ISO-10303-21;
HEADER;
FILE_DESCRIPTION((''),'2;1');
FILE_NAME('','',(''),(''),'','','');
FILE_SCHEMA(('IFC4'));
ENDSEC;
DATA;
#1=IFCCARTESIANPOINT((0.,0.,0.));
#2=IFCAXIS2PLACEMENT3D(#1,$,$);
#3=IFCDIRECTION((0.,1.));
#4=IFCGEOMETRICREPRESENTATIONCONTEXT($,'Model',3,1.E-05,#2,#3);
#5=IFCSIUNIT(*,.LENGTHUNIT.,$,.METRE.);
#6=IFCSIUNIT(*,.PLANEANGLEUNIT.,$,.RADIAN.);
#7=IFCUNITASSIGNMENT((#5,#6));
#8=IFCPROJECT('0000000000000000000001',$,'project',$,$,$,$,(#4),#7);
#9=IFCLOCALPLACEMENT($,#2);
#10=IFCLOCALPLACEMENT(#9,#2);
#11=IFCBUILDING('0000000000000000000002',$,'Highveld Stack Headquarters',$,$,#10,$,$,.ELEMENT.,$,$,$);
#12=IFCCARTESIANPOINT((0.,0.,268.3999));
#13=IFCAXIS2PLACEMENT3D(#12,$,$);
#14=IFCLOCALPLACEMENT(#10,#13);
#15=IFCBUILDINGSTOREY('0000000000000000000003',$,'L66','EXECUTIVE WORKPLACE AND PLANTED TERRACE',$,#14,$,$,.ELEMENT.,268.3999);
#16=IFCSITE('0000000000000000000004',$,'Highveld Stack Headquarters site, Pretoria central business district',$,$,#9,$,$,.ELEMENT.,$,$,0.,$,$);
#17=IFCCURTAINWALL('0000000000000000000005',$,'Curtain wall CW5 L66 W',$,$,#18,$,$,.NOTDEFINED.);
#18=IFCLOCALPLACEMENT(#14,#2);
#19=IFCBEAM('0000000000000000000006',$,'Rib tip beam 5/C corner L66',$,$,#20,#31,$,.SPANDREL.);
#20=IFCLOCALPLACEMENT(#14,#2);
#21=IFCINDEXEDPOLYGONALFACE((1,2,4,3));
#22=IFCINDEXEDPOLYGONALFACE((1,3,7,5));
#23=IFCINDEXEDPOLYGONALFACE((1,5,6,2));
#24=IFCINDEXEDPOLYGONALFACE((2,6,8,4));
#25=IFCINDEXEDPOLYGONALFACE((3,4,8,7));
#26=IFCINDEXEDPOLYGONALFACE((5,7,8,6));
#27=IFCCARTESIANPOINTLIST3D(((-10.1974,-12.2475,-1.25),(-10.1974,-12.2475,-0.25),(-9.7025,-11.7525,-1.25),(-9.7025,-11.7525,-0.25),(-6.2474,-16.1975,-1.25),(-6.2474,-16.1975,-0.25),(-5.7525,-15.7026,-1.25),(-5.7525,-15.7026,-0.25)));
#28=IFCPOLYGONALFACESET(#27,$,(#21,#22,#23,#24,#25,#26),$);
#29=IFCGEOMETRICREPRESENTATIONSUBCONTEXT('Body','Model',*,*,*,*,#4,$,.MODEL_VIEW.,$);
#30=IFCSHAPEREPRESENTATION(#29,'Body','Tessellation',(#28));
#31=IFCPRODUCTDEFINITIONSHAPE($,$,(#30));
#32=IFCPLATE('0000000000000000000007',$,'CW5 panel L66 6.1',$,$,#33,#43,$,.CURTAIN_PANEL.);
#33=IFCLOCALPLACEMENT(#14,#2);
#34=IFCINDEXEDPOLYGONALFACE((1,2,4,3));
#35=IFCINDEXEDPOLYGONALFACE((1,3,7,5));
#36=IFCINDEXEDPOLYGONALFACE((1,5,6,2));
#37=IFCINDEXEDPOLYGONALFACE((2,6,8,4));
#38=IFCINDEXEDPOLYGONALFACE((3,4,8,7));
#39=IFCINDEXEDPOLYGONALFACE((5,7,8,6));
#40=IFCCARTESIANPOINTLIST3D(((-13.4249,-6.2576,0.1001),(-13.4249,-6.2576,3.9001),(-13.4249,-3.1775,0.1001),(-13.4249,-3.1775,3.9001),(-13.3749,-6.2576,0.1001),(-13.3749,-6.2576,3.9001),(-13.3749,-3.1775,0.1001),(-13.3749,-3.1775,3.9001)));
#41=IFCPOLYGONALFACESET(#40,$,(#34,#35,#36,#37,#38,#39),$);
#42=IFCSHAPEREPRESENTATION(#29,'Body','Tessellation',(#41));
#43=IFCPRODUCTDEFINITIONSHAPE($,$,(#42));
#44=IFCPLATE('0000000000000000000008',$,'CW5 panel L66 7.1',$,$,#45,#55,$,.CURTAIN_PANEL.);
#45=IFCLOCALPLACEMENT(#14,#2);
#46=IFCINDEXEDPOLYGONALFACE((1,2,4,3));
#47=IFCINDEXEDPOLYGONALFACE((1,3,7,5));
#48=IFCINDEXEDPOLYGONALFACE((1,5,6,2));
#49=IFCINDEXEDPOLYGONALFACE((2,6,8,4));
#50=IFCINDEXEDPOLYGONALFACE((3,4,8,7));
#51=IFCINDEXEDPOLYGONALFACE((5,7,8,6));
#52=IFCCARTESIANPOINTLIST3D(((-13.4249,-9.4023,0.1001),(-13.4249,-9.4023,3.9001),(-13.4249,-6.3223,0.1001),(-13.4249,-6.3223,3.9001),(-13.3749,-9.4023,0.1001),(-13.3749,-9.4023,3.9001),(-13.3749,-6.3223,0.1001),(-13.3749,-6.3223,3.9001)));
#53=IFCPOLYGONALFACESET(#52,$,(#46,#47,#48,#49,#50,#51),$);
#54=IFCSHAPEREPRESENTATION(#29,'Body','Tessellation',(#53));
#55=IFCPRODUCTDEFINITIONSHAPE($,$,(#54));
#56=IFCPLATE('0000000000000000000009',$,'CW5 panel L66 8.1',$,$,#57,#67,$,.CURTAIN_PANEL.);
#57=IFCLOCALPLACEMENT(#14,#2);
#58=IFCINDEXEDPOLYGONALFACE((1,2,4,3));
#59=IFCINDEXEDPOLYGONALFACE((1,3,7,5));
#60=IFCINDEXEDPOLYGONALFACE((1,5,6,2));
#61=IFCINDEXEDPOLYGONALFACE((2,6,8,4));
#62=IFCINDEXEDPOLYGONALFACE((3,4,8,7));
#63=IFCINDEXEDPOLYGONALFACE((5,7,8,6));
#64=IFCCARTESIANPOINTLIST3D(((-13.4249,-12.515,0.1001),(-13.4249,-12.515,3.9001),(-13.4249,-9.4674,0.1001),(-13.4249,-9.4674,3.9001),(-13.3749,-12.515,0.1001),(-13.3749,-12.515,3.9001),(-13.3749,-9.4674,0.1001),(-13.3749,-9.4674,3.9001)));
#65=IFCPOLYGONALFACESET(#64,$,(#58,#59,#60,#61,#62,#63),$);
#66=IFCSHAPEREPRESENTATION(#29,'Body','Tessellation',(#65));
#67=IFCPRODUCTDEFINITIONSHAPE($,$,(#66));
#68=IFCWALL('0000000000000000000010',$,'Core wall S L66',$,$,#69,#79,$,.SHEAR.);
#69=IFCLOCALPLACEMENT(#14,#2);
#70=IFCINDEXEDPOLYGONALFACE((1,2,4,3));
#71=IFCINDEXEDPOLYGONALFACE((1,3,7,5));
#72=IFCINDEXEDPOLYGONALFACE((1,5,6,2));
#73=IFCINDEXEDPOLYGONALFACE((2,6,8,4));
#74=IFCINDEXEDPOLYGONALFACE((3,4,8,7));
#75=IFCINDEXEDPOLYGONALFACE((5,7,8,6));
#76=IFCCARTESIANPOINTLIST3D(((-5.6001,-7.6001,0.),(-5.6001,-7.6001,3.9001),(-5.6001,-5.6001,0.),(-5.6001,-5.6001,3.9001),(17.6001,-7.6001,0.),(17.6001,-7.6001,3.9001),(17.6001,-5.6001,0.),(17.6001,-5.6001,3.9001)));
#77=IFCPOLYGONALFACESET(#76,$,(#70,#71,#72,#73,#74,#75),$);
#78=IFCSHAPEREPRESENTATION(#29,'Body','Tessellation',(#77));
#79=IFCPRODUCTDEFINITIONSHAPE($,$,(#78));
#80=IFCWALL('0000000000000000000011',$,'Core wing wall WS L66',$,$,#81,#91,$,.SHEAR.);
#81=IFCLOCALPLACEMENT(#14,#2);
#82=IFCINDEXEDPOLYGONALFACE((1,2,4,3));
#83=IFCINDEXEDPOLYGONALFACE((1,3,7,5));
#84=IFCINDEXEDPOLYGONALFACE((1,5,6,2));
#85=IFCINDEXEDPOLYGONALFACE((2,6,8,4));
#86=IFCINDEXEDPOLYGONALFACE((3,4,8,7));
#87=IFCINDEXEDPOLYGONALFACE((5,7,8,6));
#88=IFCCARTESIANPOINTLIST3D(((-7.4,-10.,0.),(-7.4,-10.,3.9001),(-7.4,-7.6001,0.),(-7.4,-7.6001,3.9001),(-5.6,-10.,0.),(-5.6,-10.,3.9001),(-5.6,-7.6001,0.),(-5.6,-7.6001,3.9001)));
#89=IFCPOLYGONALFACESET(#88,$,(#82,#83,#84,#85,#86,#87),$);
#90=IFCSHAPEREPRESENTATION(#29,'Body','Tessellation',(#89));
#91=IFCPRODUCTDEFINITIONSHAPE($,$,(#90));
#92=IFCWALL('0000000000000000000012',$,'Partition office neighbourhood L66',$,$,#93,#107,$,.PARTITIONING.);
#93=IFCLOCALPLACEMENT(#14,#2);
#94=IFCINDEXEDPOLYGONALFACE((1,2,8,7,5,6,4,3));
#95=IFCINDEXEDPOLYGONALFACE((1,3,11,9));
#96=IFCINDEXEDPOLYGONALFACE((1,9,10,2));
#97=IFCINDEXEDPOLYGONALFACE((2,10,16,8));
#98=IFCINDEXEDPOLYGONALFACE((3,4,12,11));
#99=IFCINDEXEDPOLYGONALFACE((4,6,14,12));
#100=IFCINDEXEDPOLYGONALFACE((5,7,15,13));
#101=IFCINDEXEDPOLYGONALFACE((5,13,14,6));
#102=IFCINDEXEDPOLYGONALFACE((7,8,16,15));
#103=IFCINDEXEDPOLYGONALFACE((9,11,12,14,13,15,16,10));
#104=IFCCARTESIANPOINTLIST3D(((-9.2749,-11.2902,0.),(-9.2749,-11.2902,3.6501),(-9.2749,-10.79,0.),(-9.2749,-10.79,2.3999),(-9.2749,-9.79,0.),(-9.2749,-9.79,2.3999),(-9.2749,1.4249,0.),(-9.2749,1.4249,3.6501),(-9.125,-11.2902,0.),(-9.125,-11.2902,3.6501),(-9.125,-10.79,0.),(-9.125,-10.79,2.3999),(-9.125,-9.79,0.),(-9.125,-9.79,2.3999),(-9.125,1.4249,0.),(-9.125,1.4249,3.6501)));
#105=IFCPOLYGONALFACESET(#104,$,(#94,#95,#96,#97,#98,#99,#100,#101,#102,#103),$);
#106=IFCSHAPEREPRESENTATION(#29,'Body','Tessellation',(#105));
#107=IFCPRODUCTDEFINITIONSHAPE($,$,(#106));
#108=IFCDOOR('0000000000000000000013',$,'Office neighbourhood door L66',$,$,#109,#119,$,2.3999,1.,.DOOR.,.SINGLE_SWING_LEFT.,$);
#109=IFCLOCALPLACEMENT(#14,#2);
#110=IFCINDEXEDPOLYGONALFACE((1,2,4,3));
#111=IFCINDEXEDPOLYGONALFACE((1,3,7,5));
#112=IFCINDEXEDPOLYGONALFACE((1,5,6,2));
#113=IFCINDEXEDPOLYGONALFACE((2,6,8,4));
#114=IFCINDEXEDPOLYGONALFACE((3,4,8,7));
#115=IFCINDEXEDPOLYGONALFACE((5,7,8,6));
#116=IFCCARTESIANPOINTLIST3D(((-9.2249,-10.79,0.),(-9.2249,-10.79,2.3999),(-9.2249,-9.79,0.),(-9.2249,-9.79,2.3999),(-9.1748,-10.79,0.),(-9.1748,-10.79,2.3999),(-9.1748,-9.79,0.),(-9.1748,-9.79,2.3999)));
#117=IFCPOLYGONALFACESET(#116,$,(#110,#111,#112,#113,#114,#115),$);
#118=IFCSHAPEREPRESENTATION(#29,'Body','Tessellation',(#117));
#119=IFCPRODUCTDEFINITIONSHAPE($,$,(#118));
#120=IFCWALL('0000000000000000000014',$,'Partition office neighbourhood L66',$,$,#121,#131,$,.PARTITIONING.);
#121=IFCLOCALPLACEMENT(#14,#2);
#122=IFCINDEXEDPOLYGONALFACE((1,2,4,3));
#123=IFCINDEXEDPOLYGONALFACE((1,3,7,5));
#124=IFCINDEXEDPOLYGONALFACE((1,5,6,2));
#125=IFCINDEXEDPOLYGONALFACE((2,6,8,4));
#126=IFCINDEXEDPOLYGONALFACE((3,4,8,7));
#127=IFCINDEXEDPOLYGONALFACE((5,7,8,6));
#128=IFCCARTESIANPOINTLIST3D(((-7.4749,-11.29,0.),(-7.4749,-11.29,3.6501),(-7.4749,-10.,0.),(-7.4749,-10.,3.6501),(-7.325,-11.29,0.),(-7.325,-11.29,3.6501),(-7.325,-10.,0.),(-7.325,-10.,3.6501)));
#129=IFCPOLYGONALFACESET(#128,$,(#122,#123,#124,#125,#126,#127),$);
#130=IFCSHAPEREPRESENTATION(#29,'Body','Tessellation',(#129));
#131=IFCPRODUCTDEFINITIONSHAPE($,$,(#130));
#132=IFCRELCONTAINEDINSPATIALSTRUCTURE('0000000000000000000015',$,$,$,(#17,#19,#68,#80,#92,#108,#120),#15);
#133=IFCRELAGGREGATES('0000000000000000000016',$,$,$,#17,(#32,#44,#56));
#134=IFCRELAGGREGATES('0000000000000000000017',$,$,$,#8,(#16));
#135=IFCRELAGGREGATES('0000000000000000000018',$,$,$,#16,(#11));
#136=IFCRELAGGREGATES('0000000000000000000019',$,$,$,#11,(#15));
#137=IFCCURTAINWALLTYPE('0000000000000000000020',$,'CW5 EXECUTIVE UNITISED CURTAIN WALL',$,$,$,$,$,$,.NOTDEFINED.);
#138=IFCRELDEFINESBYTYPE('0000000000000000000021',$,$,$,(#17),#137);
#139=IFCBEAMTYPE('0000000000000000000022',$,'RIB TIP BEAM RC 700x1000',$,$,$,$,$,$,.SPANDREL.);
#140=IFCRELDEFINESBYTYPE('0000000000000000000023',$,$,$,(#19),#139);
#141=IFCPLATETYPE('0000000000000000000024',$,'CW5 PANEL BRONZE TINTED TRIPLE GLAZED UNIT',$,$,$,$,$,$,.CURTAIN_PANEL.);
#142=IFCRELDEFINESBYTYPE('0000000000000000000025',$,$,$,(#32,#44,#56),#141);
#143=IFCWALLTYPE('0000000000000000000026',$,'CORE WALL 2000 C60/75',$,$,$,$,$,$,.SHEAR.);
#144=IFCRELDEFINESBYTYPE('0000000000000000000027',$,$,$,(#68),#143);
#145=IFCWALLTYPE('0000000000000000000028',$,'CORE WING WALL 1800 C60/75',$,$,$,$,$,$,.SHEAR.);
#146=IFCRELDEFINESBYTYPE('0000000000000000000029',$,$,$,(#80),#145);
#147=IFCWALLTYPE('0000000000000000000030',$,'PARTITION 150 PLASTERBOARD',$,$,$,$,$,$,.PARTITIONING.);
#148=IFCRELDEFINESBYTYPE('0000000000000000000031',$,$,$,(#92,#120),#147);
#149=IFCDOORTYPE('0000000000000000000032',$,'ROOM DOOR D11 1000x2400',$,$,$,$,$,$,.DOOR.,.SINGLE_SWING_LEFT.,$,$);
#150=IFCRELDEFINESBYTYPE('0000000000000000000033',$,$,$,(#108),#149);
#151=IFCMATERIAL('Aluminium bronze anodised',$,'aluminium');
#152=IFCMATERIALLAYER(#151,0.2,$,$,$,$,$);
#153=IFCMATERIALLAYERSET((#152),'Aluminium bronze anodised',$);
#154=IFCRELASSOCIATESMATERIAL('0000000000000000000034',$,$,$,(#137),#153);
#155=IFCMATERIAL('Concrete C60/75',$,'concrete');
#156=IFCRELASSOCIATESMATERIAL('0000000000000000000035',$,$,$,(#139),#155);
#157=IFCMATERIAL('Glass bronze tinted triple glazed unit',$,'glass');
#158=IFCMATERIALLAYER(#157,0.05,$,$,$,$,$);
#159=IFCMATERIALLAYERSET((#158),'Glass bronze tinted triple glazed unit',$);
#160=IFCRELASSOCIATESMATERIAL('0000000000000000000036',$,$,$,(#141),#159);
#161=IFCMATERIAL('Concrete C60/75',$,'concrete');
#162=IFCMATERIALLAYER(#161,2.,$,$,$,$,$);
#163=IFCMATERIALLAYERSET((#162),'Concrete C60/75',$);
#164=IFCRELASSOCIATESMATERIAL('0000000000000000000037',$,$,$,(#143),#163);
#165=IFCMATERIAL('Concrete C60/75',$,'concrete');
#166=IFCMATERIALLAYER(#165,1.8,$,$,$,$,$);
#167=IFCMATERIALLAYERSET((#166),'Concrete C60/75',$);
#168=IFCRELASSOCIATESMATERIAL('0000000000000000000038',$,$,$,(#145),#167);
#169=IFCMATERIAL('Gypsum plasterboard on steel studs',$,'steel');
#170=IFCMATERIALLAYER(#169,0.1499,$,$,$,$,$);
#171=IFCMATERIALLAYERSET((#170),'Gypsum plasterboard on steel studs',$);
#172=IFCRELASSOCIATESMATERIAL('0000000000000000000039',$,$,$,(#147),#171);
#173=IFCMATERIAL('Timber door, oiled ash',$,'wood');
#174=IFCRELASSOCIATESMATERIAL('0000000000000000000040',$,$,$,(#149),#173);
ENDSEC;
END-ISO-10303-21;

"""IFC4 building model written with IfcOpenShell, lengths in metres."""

from ifc_helpers import new_model, si_unit, direction, frame, frame_2d, origin, origin_2d, place, context, subcontext, project, spatial, rectangle, extrude, material, layer, layer_set, material_profile, profile_set, type_object, element, fill, aggregate, save


model = new_model("IFC4")

# Units and contexts
model_context = context("Model", 3, precision=1e-05, world=origin(), true_north=direction((0.0, 1.0)))
body_context = subcontext(model_context, "Body", "Model", "MODEL_VIEW")
ifc_project = project(units=[si_unit("LENGTHUNIT", "METRE"), si_unit("PLANEANGLEUNIT", "RADIAN")], contexts=[model_context])

# Site, building, storey
site_placement = place(None, origin())
site = spatial("IfcSite", under=ifc_project, at=site_placement, Name="Highveld Stack Headquarters site, Pretoria central business district", CompositionType="ELEMENT", RefElevation=0.0)
building_placement = place(site_placement, origin())
building = spatial("IfcBuilding", under=site, at=building_placement, Name="Highveld Stack Headquarters", CompositionType="ELEMENT")
storey_placement = place(building_placement, frame((0.0, 0.0, 268.3999)))
storey = spatial("IfcBuildingStorey", under=building, at=storey_placement, Name="L66", Description="EXECUTIVE WORKPLACE AND PLANTED TERRACE", CompositionType="ELEMENT", Elevation=268.3999)

# Curtain wall
ifc_material_1 = material(Name="Aluminium bronze anodised", Category="aluminium")
ifc_layer_1 = layer(ifc_material_1, 0.2)
ifc_layer_set_1 = layer_set([ifc_layer_1], Name="Aluminium bronze anodised")
curtain_wall_type = type_object("IfcCurtainWallType", Name="CW5 EXECUTIVE UNITISED CURTAIN WALL", PredefinedType="NOTDEFINED", material=ifc_layer_set_1)
curtain_wall_placement = place(storey_placement, origin())
curtain_wall = element("IfcCurtainWall", 1, at=curtain_wall_placement, inside=storey, type_object=curtain_wall_type, Name="Curtain wall CW5 L66 W", PredefinedType="NOTDEFINED")

# Beam
ifc_material_2 = material(Name="Concrete C60/75", Category="concrete")
ifc_material_profile_1 = material_profile(ifc_material_2, rectangle(XDim=0.7, YDim=1.0, at=origin_2d()), Name="RC 700x1000")
ifc_profile_set_1 = profile_set([ifc_material_profile_1], Name="Concrete C60/75")
beam_type_1 = type_object("IfcBeamType", Name="RIB TIP BEAM RC 700x1000", PredefinedType="SPANDREL", material=ifc_profile_set_1)
beam_1_placement = place(storey_placement, frame((-9.95, -12.0, -0.75), z_axis=(0.707107, -0.707107, 0.0), x_axis=(0.707107, 0.707107, 0.0)))
element("IfcBeam", 2, at=beam_1_placement, inside=storey, type_object=beam_type_1, Name="Rib tip beam 5/C corner L66", PredefinedType="SPANDREL", context=body_context, shape_type="SweptSolid", body=[
    extrude(rectangle(XDim=0.7, YDim=1.0, at=origin_2d()), origin(), (0.0, 0.0, 1.0), 5.5862),
])

# Plates
ifc_material_3 = material(Name="Glass bronze tinted triple glazed unit", Category="glass")
ifc_layer_2 = layer(ifc_material_3, 0.05)
ifc_layer_set_2 = layer_set([ifc_layer_2], Name="Glass bronze tinted triple glazed unit")
plate_type = type_object("IfcPlateType", Name="CW5 PANEL BRONZE TINTED TRIPLE GLAZED UNIT", PredefinedType="CURTAIN_PANEL", material=ifc_layer_set_2)
plate_1_placement = place(storey_placement, frame((-13.3999, -4.7175, 0.1001), z_axis=(0.0, 0.0, 1.0), x_axis=(0.0, -1.0, 0.0)))
plate_1 = element("IfcPlate", 3, at=plate_1_placement, type_object=plate_type, Name="CW5 panel L66 6.1", PredefinedType="CURTAIN_PANEL", context=body_context, shape_type="SweptSolid", body=[
    extrude(rectangle(XDim=3.0801, YDim=0.05, at=origin_2d()), origin(), (0.0, 0.0, 1.0), 3.8),
])
plate_2_placement = place(storey_placement, frame((-13.3999, -7.8623, 0.1001), z_axis=(0.0, 0.0, 1.0), x_axis=(0.0, -1.0, 0.0)))
plate_2 = element("IfcPlate", 4, at=plate_2_placement, type_object=plate_type, Name="CW5 panel L66 7.1", PredefinedType="CURTAIN_PANEL", context=body_context, shape_type="SweptSolid", body=[
    extrude(rectangle(XDim=3.0801, YDim=0.05, at=origin_2d()), origin(), (0.0, 0.0, 1.0), 3.8),
])
plate_3_placement = place(storey_placement, frame((-13.3999, -10.9912, 0.1001), z_axis=(0.0, 0.0, 1.0), x_axis=(0.0, -1.0, 0.0)))
plate_3 = element("IfcPlate", 5, at=plate_3_placement, type_object=plate_type, Name="CW5 panel L66 8.1", PredefinedType="CURTAIN_PANEL", context=body_context, shape_type="SweptSolid", body=[
    extrude(rectangle(XDim=3.0476, YDim=0.05, at=origin_2d()), origin(), (0.0, 0.0, 1.0), 3.8),
])
aggregate(curtain_wall, [plate_1, plate_2, plate_3])

# Walls
ifc_material_4 = material(Name="Concrete C60/75", Category="concrete")
ifc_layer_3 = layer(ifc_material_4, 2.0)
ifc_layer_set_3 = layer_set([ifc_layer_3], Name="Concrete C60/75")
wall_type_1 = type_object("IfcWallType", Name="CORE WALL 2000 C60/75", PredefinedType="SHEAR", material=ifc_layer_set_3)
wall_1_placement = place(storey_placement, frame((-5.6001, -6.6001, 0.0), z_axis=(0.0, 0.0, 1.0), x_axis=(1.0, 0.0, 0.0)))
element("IfcWall", 6, at=wall_1_placement, inside=storey, type_object=wall_type_1, Name="Core wall S L66", PredefinedType="SHEAR", context=body_context, shape_type="SweptSolid", body=[
    extrude(rectangle(XDim=23.2002, YDim=2.0, at=frame_2d((11.6001, 0.0))), origin(), (0.0, 0.0, 1.0), 3.9001),
])
ifc_material_5 = material(Name="Concrete C60/75", Category="concrete")
ifc_layer_4 = layer(ifc_material_5, 1.8)
ifc_layer_set_4 = layer_set([ifc_layer_4], Name="Concrete C60/75")
wall_type_2 = type_object("IfcWallType", Name="CORE WING WALL 1800 C60/75", PredefinedType="SHEAR", material=ifc_layer_set_4)
wall_2_placement = place(storey_placement, frame((-6.5, -10.0, 0.0), z_axis=(0.0, 0.0, 1.0), x_axis=(0.0, 1.0, 0.0)))
element("IfcWall", 7, at=wall_2_placement, inside=storey, type_object=wall_type_2, Name="Core wing wall WS L66", PredefinedType="SHEAR", context=body_context, shape_type="SweptSolid", body=[
    extrude(rectangle(XDim=2.3999, YDim=1.8, at=frame_2d((1.2, 0.0))), origin(), (0.0, 0.0, 1.0), 3.9001),
])

# Wall, opening, door
ifc_material_6 = material(Name="Gypsum plasterboard on steel studs", Category="steel")
ifc_layer_5 = layer(ifc_material_6, 0.1499)
ifc_layer_set_5 = layer_set([ifc_layer_5], Name="Gypsum plasterboard on steel studs")
wall_type_3 = type_object("IfcWallType", Name="PARTITION 150 PLASTERBOARD", PredefinedType="PARTITIONING", material=ifc_layer_set_5)
wall_3_placement = place(storey_placement, frame((-9.2, -11.29, 0.0), z_axis=(0.0, 0.0, 1.0), x_axis=(0.0, 1.0, 0.0)))
wall_3 = element("IfcWall", 8, at=wall_3_placement, inside=storey, type_object=wall_type_3, Name="Partition office neighbourhood L66", PredefinedType="PARTITIONING", context=body_context, shape_type="SweptSolid", body=[
    extrude(rectangle(XDim=12.7151, YDim=0.1499, at=frame_2d((6.3574, 0.0))), origin(), (0.0, 0.0, 1.0), 3.6501),
])
opening_1_placement = place(wall_3_placement, frame((0.5, 0.0, 0.0)))
opening_1 = element("IfcOpeningElement", 9, at=opening_1_placement, cuts=wall_3, PredefinedType="OPENING", context=body_context, shape_type="SweptSolid", body=[
    extrude(rectangle(XDim=1.0, YDim=2.3999, at=frame_2d((0.5, 1.2))), frame((0.0, 0.085, 0.0), z_axis=(0.0, -1.0, 0.0), x_axis=(1.0, 0.0, 0.0)), (0.0, 0.0, 1.0), 0.1699),
])
ifc_material_7 = material(Name="Timber door, oiled ash", Category="wood")
door_type_1 = type_object("IfcDoorType", Name="ROOM DOOR D11 1000x2400", OperationType="SINGLE_SWING_LEFT", PredefinedType="DOOR", material=ifc_material_7)
door_1_placement = place(opening_1_placement, origin())
door_1 = element("IfcDoor", 10, at=door_1_placement, inside=storey, type_object=door_type_1, Name="Office neighbourhood door L66", OperationType="SINGLE_SWING_LEFT", OverallHeight=2.3999, OverallWidth=1.0, PredefinedType="DOOR", context=body_context, shape_type="SweptSolid", body=[
    extrude(rectangle(XDim=1.0, YDim=2.3999, at=frame_2d((0.5, 1.2))), frame((0.0, 0.0249, 0.0), z_axis=(0.0, -1.0, 0.0), x_axis=(1.0, 0.0, 0.0)), (0.0, 0.0, 1.0), 0.05),
])
fill(opening_1, door_1)

# Wall
wall_4_placement = place(storey_placement, frame((-7.3999, -11.29, 0.0), z_axis=(0.0, 0.0, 1.0), x_axis=(0.0, 1.0, 0.0)))
element("IfcWall", 11, at=wall_4_placement, inside=storey, type_object=wall_type_3, Name="Partition office neighbourhood L66", PredefinedType="PARTITIONING", context=body_context, shape_type="SweptSolid", body=[
    extrude(rectangle(XDim=1.29, YDim=0.1499, at=frame_2d((0.645, 0.0))), origin(), (0.0, 0.0, 1.0), 3.6501),
])

save(model, "model.ifc")
